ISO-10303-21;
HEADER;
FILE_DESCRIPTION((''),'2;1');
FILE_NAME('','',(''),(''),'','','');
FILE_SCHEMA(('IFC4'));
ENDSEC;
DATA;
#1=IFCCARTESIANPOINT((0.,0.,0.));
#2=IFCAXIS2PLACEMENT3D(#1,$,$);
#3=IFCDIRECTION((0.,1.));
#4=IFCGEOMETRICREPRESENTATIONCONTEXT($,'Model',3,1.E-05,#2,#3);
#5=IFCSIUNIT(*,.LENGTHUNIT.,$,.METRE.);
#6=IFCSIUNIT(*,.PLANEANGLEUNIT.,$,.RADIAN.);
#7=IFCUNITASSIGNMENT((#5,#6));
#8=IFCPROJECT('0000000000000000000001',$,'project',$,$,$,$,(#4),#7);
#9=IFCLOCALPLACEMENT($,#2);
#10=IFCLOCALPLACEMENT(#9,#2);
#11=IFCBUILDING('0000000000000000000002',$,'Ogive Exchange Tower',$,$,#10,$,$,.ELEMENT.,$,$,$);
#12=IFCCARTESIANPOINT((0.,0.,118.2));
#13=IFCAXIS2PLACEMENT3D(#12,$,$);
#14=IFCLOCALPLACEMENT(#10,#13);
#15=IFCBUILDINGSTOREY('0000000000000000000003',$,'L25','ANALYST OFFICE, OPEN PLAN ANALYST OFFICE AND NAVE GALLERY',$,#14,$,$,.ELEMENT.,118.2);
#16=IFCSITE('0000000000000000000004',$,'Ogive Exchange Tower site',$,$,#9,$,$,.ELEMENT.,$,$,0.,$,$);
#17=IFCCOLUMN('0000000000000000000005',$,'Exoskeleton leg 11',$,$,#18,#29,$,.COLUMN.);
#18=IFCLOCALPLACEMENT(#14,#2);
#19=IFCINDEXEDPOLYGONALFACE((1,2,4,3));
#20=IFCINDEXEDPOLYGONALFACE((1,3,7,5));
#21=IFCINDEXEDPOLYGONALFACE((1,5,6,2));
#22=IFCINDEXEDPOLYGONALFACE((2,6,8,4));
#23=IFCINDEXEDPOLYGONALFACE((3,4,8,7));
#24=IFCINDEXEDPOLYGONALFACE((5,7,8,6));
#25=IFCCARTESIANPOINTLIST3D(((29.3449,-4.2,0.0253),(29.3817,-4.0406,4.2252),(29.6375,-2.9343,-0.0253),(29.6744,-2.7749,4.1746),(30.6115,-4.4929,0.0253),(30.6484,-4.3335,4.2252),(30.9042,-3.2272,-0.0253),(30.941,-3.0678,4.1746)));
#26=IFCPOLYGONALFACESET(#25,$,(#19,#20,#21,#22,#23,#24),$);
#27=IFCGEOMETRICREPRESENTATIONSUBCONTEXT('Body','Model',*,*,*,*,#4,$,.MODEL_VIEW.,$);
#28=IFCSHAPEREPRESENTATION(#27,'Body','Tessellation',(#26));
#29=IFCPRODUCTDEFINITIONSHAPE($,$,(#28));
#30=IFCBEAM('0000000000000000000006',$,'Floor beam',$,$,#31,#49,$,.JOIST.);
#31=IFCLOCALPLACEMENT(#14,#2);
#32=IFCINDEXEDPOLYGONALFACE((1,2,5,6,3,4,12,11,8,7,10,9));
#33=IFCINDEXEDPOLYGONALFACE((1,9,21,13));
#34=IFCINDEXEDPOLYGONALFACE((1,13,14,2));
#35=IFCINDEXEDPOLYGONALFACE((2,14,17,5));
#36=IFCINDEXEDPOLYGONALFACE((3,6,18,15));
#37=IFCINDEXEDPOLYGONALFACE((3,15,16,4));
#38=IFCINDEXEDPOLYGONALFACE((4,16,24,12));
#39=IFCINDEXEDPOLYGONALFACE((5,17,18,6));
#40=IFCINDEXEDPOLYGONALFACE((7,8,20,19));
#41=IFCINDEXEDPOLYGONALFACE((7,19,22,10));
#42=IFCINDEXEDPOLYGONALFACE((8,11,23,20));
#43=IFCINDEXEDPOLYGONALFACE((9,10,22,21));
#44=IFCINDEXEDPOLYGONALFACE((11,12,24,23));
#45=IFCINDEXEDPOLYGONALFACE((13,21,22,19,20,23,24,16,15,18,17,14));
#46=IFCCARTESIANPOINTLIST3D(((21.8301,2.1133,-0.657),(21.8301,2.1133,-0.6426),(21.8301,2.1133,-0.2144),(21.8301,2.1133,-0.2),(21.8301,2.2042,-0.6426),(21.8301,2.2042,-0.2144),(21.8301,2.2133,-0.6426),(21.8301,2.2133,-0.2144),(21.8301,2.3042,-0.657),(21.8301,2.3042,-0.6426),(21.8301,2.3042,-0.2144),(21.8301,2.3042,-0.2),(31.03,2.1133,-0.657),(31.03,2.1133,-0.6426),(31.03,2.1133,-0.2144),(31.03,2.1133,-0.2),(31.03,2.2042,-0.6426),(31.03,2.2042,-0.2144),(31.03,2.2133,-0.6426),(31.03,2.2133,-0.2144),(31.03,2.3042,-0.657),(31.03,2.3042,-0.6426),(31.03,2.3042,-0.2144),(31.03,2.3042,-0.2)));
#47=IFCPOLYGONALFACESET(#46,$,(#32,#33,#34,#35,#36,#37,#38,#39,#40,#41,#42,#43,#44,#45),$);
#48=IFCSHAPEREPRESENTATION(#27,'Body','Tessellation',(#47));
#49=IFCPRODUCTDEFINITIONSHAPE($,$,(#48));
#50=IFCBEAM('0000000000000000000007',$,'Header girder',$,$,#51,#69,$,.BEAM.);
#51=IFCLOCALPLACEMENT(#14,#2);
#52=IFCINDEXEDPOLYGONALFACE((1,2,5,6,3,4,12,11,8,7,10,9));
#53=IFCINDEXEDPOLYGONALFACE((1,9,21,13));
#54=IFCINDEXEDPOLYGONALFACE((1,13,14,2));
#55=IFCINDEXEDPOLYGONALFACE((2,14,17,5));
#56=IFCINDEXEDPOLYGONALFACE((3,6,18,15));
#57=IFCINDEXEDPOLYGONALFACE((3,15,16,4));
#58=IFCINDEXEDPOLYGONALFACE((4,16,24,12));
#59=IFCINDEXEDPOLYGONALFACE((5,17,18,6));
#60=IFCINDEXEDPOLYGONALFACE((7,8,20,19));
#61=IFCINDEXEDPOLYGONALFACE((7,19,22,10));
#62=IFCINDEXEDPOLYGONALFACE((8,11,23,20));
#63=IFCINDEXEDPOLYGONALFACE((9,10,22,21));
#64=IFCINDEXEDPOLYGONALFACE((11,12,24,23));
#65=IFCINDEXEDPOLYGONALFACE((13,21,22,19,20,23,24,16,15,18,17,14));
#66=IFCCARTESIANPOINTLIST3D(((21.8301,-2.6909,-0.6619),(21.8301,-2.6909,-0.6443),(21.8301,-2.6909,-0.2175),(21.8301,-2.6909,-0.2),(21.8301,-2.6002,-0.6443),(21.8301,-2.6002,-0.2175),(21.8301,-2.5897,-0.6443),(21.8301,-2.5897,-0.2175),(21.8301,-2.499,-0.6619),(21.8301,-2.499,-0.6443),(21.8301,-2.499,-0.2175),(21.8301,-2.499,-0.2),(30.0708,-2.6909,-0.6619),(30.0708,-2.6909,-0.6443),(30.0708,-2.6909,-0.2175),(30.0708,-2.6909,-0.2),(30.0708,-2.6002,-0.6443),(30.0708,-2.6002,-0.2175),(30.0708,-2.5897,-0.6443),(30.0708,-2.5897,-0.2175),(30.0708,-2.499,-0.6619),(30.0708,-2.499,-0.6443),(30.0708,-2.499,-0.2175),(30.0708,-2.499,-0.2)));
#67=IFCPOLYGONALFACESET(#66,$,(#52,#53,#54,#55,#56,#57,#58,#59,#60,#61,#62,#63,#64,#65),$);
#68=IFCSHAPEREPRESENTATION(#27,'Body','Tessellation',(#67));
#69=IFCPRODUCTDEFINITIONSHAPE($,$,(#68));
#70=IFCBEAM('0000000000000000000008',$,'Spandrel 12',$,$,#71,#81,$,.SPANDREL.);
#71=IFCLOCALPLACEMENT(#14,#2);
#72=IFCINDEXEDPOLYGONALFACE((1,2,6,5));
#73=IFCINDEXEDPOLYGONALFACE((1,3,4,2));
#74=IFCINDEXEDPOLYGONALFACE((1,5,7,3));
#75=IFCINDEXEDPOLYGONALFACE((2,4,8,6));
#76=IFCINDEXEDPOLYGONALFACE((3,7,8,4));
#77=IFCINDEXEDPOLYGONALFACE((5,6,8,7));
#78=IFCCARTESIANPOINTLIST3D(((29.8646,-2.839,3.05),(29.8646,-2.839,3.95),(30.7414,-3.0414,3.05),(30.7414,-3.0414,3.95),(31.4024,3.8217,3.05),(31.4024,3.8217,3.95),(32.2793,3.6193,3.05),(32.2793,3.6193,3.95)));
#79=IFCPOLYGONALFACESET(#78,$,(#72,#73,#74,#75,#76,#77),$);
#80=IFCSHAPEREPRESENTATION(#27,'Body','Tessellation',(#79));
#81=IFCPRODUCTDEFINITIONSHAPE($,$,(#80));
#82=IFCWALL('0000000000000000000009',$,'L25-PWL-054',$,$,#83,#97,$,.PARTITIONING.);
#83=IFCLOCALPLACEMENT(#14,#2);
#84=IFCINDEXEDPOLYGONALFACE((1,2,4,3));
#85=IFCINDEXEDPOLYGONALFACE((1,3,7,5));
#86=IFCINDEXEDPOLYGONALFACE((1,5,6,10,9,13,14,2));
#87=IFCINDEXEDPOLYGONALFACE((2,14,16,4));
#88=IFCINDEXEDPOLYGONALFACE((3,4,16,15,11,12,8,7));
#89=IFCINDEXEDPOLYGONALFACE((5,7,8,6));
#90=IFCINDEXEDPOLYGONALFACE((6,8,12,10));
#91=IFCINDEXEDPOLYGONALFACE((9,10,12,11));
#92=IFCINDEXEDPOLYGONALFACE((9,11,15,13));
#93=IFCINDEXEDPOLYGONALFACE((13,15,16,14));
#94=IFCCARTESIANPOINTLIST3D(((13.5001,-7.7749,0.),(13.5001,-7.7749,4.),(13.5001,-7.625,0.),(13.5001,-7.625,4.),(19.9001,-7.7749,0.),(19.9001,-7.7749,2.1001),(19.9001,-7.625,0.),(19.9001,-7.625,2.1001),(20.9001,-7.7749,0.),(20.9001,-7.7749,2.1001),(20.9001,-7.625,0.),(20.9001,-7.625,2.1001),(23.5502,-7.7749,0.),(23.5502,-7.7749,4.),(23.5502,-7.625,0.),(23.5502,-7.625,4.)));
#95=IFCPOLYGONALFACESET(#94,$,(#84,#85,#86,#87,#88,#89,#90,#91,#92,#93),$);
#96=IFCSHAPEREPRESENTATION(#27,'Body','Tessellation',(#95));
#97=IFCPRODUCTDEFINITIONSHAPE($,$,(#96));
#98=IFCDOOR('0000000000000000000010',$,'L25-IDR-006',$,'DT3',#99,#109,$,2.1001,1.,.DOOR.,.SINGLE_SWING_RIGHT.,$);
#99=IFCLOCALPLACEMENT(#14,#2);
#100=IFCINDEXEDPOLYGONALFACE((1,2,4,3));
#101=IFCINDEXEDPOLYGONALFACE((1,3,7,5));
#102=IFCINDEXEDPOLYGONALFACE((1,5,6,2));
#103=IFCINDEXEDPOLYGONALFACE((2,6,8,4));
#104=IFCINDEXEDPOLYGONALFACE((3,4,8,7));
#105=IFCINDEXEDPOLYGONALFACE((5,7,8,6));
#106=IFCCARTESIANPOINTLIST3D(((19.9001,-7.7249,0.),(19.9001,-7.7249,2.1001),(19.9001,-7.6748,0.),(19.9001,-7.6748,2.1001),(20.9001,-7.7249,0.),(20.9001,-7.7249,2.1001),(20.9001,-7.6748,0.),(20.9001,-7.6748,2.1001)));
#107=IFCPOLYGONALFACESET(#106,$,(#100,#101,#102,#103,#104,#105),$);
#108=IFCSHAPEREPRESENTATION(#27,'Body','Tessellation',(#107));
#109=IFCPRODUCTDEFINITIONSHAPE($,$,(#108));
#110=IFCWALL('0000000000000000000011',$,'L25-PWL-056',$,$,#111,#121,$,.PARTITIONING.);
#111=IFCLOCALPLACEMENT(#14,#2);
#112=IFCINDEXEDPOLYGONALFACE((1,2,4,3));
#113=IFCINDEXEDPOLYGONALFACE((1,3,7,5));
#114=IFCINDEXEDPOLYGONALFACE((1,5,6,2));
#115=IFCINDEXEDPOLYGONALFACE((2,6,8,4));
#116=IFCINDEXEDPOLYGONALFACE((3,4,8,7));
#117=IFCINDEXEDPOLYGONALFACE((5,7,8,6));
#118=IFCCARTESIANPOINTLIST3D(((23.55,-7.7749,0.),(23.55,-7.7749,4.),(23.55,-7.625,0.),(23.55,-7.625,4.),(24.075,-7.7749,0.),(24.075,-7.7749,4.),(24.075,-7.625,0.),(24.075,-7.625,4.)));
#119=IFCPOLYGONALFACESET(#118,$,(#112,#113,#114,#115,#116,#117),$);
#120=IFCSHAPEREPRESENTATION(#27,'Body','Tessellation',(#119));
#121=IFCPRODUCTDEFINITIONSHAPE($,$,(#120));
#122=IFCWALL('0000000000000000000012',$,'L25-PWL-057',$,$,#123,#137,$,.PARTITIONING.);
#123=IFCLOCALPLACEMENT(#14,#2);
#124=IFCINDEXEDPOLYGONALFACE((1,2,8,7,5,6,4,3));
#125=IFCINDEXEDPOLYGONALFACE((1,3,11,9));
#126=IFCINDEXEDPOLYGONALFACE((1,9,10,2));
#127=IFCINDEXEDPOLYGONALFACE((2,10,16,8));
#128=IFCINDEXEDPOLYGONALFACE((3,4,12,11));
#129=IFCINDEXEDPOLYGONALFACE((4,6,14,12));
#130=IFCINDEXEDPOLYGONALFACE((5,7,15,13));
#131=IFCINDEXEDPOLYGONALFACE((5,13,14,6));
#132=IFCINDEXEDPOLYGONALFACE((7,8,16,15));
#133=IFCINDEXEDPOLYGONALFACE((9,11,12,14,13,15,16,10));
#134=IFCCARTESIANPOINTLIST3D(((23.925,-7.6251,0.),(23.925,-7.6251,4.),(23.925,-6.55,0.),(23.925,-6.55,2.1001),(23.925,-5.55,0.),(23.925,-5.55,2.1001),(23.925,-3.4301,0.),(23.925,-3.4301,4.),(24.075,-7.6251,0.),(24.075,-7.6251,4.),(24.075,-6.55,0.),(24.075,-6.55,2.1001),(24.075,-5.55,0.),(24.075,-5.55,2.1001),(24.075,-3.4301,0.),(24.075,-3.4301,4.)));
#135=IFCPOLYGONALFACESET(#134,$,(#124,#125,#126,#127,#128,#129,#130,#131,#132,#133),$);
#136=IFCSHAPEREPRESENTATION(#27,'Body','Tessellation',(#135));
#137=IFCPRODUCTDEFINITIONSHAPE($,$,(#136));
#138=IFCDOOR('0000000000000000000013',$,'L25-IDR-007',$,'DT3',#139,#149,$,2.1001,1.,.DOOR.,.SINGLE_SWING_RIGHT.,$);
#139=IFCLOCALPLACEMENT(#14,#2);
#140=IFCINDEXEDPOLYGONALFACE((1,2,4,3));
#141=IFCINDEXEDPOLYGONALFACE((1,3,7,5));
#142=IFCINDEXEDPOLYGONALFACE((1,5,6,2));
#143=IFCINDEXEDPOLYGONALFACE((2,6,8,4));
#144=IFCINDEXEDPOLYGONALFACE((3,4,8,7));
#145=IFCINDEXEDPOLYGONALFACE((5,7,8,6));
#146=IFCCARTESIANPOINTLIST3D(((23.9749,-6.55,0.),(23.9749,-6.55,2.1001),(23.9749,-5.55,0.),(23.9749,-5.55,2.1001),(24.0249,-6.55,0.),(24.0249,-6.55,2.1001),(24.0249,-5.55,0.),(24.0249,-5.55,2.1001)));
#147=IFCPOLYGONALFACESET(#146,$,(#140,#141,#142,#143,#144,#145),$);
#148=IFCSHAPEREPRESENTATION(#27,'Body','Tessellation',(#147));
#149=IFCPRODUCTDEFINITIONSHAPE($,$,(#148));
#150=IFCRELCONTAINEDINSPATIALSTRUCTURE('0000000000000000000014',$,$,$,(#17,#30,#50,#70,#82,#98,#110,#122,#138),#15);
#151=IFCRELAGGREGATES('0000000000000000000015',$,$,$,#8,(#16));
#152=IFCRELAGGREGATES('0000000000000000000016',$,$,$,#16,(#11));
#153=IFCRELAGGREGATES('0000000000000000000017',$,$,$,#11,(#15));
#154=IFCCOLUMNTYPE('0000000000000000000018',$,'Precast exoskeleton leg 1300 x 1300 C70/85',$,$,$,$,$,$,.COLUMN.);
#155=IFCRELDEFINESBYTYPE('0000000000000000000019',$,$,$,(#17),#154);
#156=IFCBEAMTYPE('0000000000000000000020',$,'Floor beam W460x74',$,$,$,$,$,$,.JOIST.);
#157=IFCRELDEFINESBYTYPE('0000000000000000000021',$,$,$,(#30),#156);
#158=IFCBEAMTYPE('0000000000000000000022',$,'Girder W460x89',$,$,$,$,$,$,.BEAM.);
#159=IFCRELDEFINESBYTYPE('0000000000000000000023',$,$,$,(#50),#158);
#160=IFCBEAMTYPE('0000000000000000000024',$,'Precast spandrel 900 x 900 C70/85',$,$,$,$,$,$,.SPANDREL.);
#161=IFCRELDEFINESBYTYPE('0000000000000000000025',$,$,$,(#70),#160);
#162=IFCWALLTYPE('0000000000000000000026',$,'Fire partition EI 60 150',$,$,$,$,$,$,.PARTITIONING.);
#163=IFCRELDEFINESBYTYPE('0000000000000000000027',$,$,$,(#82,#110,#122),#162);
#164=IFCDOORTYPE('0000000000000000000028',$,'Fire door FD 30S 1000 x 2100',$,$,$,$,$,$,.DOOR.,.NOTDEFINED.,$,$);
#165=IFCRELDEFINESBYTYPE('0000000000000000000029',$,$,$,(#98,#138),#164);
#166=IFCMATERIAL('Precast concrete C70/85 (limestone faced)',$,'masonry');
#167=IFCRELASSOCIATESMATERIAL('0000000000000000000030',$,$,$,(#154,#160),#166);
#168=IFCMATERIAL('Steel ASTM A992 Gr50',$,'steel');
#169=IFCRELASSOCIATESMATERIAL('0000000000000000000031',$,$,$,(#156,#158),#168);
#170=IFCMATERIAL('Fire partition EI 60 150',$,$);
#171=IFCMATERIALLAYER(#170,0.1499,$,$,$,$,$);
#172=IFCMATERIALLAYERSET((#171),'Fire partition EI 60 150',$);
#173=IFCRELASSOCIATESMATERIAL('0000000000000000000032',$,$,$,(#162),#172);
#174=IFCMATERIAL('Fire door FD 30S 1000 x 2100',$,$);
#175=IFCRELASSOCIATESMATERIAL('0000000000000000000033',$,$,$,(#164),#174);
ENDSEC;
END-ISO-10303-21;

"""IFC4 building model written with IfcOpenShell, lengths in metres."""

from ifc_helpers import new_model, si_unit, direction, frame, frame_2d, origin, origin_2d, place, context, subcontext, project, spatial, rectangle, i_section, extrude, material, layer, layer_set, material_profile, profile_set, type_object, element, fill, save


model = new_model("IFC4")

# Units and contexts
model_context = context("Model", 3, precision=1e-05, world=origin(), true_north=direction((0.0, 1.0)))
body_context = subcontext(model_context, "Body", "Model", "MODEL_VIEW")
ifc_project = project(units=[si_unit("LENGTHUNIT", "METRE"), si_unit("PLANEANGLEUNIT", "RADIAN")], contexts=[model_context])

# Site, building, storey
site_placement = place(None, origin())
site = spatial("IfcSite", under=ifc_project, at=site_placement, Name="Ogive Exchange Tower site", CompositionType="ELEMENT", RefElevation=0.0)
building_placement = place(site_placement, origin())
building = spatial("IfcBuilding", under=site, at=building_placement, Name="Ogive Exchange Tower", CompositionType="ELEMENT")
storey_placement = place(building_placement, frame((0.0, 0.0, 118.2)))
storey = spatial("IfcBuildingStorey", under=building, at=storey_placement, Name="L25", Description="ANALYST OFFICE, OPEN PLAN ANALYST OFFICE AND NAVE GALLERY", CompositionType="ELEMENT", Elevation=118.2)

# Column
ifc_material_1 = material(Name="Precast concrete C70/85 (limestone faced)", Category="masonry")
ifc_material_profile_1 = material_profile(ifc_material_1, rectangle(XDim=1.3, YDim=1.3, at=origin_2d()), Name="1300 x 1300")
ifc_profile_set_1 = profile_set([ifc_material_profile_1], Name="Precast concrete C70/85 (limestone faced)")
column_type = type_object("IfcColumnType", Name="Precast exoskeleton leg 1300 x 1300 C70/85", PredefinedType="COLUMN", material=ifc_profile_set_1)
column_placement = place(storey_placement, frame((30.1245, -3.7136, 0.0), z_axis=(0.008771, 0.03793, 0.999242), x_axis=(-0.974291, 0.225295, 0.0)))
element("IfcColumn", 1, at=column_placement, inside=storey, type_object=column_type, Name="Exoskeleton leg 11", PredefinedType="COLUMN", context=body_context, shape_type="SweptSolid", body=[
    extrude(rectangle(XDim=1.3, YDim=1.3, at=origin_2d()), origin(), (0.0, 0.0, 1.0), 4.2031),
])

# Beams
ifc_material_2 = material(Name="Steel ASTM A992 Gr50", Category="steel")
ifc_material_profile_2 = material_profile(ifc_material_2, i_section(OverallWidth=0.1909, OverallDepth=0.457, WebThickness=0.009, FlangeThickness=0.0144, at=origin_2d()), Name="W460x74")
ifc_profile_set_2 = profile_set([ifc_material_profile_2], Name="Steel ASTM A992 Gr50")
beam_type_1 = type_object("IfcBeamType", Name="Floor beam W460x74", PredefinedType="JOIST", material=ifc_profile_set_2)
beam_1_placement = place(storey_placement, frame((21.8301, 2.2087, -0.4285), z_axis=(1.0, 0.0, 0.0), x_axis=(0.0, 1.0, 0.0)))
element("IfcBeam", 2, at=beam_1_placement, inside=storey, type_object=beam_type_1, Name="Floor beam", PredefinedType="JOIST", context=body_context, shape_type="SweptSolid", body=[
    extrude(i_section(OverallWidth=0.1909, OverallDepth=0.457, WebThickness=0.009, FlangeThickness=0.0144, at=origin_2d()), origin(), (0.0, 0.0, 1.0), 9.2),
])
ifc_material_profile_3 = material_profile(ifc_material_2, i_section(OverallWidth=0.1919, OverallDepth=0.4619, WebThickness=0.0105, FlangeThickness=0.0176, at=origin_2d()), Name="W460x89")
ifc_profile_set_3 = profile_set([ifc_material_profile_3], Name="Steel ASTM A992 Gr50")
beam_type_2 = type_object("IfcBeamType", Name="Girder W460x89", PredefinedType="BEAM", material=ifc_profile_set_3)
beam_2_placement = place(storey_placement, frame((21.8301, -2.595, -0.4309), z_axis=(1.0, 0.0, 0.0), x_axis=(0.0, 1.0, 0.0)))
element("IfcBeam", 3, at=beam_2_placement, inside=storey, type_object=beam_type_2, Name="Header girder", PredefinedType="BEAM", context=body_context, shape_type="SweptSolid", body=[
    extrude(i_section(OverallWidth=0.1919, OverallDepth=0.4619, WebThickness=0.0105, FlangeThickness=0.0176, at=origin_2d()), origin(), (0.0, 0.0, 1.0), 8.2407),
])
ifc_material_profile_4 = material_profile(ifc_material_1, rectangle(XDim=0.8999, YDim=0.8999, at=origin_2d()), Name="900 x 900")
ifc_profile_set_4 = profile_set([ifc_material_profile_4], Name="Precast concrete C70/85 (limestone faced)")
beam_type_3 = type_object("IfcBeamType", Name="Precast spandrel 900 x 900 C70/85", PredefinedType="SPANDREL", material=ifc_profile_set_4)
beam_3_placement = place(storey_placement, frame((30.303, -2.9402, 3.5), z_axis=(0.224966, 0.974367, 0.0), x_axis=(-0.974367, 0.224966, 0.0)))
element("IfcBeam", 4, at=beam_3_placement, inside=storey, type_object=beam_type_3, Name="Spandrel 12", PredefinedType="SPANDREL", context=body_context, shape_type="SweptSolid", body=[
    extrude(rectangle(XDim=0.8999, YDim=0.8999, at=origin_2d()), origin(), (0.0, 0.0, 1.0), 6.8359),
])

# Wall, opening, door
ifc_material_3 = material(Name="Fire partition EI 60 150")
ifc_layer_1 = layer(ifc_material_3, 0.1499)
ifc_layer_set_1 = layer_set([ifc_layer_1], Name="Fire partition EI 60 150")
wall_type_1 = type_object("IfcWallType", Name="Fire partition EI 60 150", PredefinedType="PARTITIONING", material=ifc_layer_set_1)
wall_1_placement = place(storey_placement, frame((23.55, -7.7, 0.0), z_axis=(0.0, 0.0, 1.0), x_axis=(-1.0, 0.0, 0.0)))
wall_1 = element("IfcWall", 5, at=wall_1_placement, inside=storey, type_object=wall_type_1, Name="L25-PWL-054", PredefinedType="PARTITIONING", context=body_context, shape_type="SweptSolid", body=[
    extrude(rectangle(XDim=10.05, YDim=0.1499, at=frame_2d((5.0249, 0.0))), origin(), (0.0, 0.0, 1.0), 4.0),
])
opening_1_placement = place(wall_1_placement, frame((2.6499, 0.0, 0.0)))
opening_1 = element("IfcOpeningElement", 6, at=opening_1_placement, cuts=wall_1, PredefinedType="OPENING", context=body_context, shape_type="SweptSolid", body=[
    extrude(rectangle(XDim=1.0, YDim=2.1001, at=frame_2d((0.5, 1.05))), frame((0.0, 0.085, 0.0), z_axis=(0.0, -1.0, 0.0), x_axis=(1.0, 0.0, 0.0)), (0.0, 0.0, 1.0), 0.1699),
])
ifc_material_4 = material(Name="Fire door FD 30S 1000 x 2100")
door_type_1 = type_object("IfcDoorType", Name="Fire door FD 30S 1000 x 2100", OperationType="NOTDEFINED", PredefinedType="DOOR", material=ifc_material_4)
door_1_placement = place(opening_1_placement, origin())
door_1 = element("IfcDoor", 7, at=door_1_placement, inside=storey, type_object=door_type_1, Name="L25-IDR-006", ObjectType="DT3", OperationType="SINGLE_SWING_RIGHT", OverallHeight=2.1001, OverallWidth=1.0, PredefinedType="DOOR", context=body_context, shape_type="SweptSolid", body=[
    extrude(rectangle(XDim=1.0, YDim=2.1001, at=frame_2d((0.5, 1.05))), frame((0.0, 0.0249, 0.0), z_axis=(0.0, -1.0, 0.0), x_axis=(1.0, 0.0, 0.0)), (0.0, 0.0, 1.0), 0.05),
])
fill(opening_1, door_1)

# Wall
wall_2_placement = place(storey_placement, frame((24.075, -7.7, 0.0), z_axis=(0.0, 0.0, 1.0), x_axis=(-1.0, 0.0, 0.0)))
element("IfcWall", 8, at=wall_2_placement, inside=storey, type_object=wall_type_1, Name="L25-PWL-056", PredefinedType="PARTITIONING", context=body_context, shape_type="SweptSolid", body=[
    extrude(rectangle(XDim=0.5249, YDim=0.1499, at=frame_2d((0.2625, 0.0))), origin(), (0.0, 0.0, 1.0), 4.0),
])

# Wall, opening, door
wall_3_placement = place(storey_placement, frame((24.0, -3.4299, 0.0), z_axis=(0.0, 0.0, 1.0), x_axis=(0.0, -1.0, 0.0)))
wall_3 = element("IfcWall", 9, at=wall_3_placement, inside=storey, type_object=wall_type_1, Name="L25-PWL-057", PredefinedType="PARTITIONING", context=body_context, shape_type="SweptSolid", body=[
    extrude(rectangle(XDim=4.1951, YDim=0.1499, at=frame_2d((2.0977, 0.0))), origin(), (0.0, 0.0, 1.0), 4.0),
])
opening_2_placement = place(wall_3_placement, frame((2.1201, 0.0, 0.0)))
opening_2 = element("IfcOpeningElement", 10, at=opening_2_placement, cuts=wall_3, PredefinedType="OPENING", context=body_context, shape_type="SweptSolid", body=[
    extrude(rectangle(XDim=1.0, YDim=2.1001, at=frame_2d((0.5, 1.05))), frame((0.0, 0.085, 0.0), z_axis=(0.0, -1.0, 0.0), x_axis=(1.0, 0.0, 0.0)), (0.0, 0.0, 1.0), 0.1699),
])
door_2_placement = place(opening_2_placement, origin())
door_2 = element("IfcDoor", 11, at=door_2_placement, inside=storey, type_object=door_type_1, Name="L25-IDR-007", ObjectType="DT3", OperationType="SINGLE_SWING_RIGHT", OverallHeight=2.1001, OverallWidth=1.0, PredefinedType="DOOR", context=body_context, shape_type="SweptSolid", body=[
    extrude(rectangle(XDim=1.0, YDim=2.1001, at=frame_2d((0.5, 1.05))), frame((0.0, 0.0249, 0.0), z_axis=(0.0, -1.0, 0.0), x_axis=(1.0, 0.0, 0.0)), (0.0, 0.0, 1.0), 0.05),
])
fill(opening_2, door_2)

save(model, "model.ifc")
